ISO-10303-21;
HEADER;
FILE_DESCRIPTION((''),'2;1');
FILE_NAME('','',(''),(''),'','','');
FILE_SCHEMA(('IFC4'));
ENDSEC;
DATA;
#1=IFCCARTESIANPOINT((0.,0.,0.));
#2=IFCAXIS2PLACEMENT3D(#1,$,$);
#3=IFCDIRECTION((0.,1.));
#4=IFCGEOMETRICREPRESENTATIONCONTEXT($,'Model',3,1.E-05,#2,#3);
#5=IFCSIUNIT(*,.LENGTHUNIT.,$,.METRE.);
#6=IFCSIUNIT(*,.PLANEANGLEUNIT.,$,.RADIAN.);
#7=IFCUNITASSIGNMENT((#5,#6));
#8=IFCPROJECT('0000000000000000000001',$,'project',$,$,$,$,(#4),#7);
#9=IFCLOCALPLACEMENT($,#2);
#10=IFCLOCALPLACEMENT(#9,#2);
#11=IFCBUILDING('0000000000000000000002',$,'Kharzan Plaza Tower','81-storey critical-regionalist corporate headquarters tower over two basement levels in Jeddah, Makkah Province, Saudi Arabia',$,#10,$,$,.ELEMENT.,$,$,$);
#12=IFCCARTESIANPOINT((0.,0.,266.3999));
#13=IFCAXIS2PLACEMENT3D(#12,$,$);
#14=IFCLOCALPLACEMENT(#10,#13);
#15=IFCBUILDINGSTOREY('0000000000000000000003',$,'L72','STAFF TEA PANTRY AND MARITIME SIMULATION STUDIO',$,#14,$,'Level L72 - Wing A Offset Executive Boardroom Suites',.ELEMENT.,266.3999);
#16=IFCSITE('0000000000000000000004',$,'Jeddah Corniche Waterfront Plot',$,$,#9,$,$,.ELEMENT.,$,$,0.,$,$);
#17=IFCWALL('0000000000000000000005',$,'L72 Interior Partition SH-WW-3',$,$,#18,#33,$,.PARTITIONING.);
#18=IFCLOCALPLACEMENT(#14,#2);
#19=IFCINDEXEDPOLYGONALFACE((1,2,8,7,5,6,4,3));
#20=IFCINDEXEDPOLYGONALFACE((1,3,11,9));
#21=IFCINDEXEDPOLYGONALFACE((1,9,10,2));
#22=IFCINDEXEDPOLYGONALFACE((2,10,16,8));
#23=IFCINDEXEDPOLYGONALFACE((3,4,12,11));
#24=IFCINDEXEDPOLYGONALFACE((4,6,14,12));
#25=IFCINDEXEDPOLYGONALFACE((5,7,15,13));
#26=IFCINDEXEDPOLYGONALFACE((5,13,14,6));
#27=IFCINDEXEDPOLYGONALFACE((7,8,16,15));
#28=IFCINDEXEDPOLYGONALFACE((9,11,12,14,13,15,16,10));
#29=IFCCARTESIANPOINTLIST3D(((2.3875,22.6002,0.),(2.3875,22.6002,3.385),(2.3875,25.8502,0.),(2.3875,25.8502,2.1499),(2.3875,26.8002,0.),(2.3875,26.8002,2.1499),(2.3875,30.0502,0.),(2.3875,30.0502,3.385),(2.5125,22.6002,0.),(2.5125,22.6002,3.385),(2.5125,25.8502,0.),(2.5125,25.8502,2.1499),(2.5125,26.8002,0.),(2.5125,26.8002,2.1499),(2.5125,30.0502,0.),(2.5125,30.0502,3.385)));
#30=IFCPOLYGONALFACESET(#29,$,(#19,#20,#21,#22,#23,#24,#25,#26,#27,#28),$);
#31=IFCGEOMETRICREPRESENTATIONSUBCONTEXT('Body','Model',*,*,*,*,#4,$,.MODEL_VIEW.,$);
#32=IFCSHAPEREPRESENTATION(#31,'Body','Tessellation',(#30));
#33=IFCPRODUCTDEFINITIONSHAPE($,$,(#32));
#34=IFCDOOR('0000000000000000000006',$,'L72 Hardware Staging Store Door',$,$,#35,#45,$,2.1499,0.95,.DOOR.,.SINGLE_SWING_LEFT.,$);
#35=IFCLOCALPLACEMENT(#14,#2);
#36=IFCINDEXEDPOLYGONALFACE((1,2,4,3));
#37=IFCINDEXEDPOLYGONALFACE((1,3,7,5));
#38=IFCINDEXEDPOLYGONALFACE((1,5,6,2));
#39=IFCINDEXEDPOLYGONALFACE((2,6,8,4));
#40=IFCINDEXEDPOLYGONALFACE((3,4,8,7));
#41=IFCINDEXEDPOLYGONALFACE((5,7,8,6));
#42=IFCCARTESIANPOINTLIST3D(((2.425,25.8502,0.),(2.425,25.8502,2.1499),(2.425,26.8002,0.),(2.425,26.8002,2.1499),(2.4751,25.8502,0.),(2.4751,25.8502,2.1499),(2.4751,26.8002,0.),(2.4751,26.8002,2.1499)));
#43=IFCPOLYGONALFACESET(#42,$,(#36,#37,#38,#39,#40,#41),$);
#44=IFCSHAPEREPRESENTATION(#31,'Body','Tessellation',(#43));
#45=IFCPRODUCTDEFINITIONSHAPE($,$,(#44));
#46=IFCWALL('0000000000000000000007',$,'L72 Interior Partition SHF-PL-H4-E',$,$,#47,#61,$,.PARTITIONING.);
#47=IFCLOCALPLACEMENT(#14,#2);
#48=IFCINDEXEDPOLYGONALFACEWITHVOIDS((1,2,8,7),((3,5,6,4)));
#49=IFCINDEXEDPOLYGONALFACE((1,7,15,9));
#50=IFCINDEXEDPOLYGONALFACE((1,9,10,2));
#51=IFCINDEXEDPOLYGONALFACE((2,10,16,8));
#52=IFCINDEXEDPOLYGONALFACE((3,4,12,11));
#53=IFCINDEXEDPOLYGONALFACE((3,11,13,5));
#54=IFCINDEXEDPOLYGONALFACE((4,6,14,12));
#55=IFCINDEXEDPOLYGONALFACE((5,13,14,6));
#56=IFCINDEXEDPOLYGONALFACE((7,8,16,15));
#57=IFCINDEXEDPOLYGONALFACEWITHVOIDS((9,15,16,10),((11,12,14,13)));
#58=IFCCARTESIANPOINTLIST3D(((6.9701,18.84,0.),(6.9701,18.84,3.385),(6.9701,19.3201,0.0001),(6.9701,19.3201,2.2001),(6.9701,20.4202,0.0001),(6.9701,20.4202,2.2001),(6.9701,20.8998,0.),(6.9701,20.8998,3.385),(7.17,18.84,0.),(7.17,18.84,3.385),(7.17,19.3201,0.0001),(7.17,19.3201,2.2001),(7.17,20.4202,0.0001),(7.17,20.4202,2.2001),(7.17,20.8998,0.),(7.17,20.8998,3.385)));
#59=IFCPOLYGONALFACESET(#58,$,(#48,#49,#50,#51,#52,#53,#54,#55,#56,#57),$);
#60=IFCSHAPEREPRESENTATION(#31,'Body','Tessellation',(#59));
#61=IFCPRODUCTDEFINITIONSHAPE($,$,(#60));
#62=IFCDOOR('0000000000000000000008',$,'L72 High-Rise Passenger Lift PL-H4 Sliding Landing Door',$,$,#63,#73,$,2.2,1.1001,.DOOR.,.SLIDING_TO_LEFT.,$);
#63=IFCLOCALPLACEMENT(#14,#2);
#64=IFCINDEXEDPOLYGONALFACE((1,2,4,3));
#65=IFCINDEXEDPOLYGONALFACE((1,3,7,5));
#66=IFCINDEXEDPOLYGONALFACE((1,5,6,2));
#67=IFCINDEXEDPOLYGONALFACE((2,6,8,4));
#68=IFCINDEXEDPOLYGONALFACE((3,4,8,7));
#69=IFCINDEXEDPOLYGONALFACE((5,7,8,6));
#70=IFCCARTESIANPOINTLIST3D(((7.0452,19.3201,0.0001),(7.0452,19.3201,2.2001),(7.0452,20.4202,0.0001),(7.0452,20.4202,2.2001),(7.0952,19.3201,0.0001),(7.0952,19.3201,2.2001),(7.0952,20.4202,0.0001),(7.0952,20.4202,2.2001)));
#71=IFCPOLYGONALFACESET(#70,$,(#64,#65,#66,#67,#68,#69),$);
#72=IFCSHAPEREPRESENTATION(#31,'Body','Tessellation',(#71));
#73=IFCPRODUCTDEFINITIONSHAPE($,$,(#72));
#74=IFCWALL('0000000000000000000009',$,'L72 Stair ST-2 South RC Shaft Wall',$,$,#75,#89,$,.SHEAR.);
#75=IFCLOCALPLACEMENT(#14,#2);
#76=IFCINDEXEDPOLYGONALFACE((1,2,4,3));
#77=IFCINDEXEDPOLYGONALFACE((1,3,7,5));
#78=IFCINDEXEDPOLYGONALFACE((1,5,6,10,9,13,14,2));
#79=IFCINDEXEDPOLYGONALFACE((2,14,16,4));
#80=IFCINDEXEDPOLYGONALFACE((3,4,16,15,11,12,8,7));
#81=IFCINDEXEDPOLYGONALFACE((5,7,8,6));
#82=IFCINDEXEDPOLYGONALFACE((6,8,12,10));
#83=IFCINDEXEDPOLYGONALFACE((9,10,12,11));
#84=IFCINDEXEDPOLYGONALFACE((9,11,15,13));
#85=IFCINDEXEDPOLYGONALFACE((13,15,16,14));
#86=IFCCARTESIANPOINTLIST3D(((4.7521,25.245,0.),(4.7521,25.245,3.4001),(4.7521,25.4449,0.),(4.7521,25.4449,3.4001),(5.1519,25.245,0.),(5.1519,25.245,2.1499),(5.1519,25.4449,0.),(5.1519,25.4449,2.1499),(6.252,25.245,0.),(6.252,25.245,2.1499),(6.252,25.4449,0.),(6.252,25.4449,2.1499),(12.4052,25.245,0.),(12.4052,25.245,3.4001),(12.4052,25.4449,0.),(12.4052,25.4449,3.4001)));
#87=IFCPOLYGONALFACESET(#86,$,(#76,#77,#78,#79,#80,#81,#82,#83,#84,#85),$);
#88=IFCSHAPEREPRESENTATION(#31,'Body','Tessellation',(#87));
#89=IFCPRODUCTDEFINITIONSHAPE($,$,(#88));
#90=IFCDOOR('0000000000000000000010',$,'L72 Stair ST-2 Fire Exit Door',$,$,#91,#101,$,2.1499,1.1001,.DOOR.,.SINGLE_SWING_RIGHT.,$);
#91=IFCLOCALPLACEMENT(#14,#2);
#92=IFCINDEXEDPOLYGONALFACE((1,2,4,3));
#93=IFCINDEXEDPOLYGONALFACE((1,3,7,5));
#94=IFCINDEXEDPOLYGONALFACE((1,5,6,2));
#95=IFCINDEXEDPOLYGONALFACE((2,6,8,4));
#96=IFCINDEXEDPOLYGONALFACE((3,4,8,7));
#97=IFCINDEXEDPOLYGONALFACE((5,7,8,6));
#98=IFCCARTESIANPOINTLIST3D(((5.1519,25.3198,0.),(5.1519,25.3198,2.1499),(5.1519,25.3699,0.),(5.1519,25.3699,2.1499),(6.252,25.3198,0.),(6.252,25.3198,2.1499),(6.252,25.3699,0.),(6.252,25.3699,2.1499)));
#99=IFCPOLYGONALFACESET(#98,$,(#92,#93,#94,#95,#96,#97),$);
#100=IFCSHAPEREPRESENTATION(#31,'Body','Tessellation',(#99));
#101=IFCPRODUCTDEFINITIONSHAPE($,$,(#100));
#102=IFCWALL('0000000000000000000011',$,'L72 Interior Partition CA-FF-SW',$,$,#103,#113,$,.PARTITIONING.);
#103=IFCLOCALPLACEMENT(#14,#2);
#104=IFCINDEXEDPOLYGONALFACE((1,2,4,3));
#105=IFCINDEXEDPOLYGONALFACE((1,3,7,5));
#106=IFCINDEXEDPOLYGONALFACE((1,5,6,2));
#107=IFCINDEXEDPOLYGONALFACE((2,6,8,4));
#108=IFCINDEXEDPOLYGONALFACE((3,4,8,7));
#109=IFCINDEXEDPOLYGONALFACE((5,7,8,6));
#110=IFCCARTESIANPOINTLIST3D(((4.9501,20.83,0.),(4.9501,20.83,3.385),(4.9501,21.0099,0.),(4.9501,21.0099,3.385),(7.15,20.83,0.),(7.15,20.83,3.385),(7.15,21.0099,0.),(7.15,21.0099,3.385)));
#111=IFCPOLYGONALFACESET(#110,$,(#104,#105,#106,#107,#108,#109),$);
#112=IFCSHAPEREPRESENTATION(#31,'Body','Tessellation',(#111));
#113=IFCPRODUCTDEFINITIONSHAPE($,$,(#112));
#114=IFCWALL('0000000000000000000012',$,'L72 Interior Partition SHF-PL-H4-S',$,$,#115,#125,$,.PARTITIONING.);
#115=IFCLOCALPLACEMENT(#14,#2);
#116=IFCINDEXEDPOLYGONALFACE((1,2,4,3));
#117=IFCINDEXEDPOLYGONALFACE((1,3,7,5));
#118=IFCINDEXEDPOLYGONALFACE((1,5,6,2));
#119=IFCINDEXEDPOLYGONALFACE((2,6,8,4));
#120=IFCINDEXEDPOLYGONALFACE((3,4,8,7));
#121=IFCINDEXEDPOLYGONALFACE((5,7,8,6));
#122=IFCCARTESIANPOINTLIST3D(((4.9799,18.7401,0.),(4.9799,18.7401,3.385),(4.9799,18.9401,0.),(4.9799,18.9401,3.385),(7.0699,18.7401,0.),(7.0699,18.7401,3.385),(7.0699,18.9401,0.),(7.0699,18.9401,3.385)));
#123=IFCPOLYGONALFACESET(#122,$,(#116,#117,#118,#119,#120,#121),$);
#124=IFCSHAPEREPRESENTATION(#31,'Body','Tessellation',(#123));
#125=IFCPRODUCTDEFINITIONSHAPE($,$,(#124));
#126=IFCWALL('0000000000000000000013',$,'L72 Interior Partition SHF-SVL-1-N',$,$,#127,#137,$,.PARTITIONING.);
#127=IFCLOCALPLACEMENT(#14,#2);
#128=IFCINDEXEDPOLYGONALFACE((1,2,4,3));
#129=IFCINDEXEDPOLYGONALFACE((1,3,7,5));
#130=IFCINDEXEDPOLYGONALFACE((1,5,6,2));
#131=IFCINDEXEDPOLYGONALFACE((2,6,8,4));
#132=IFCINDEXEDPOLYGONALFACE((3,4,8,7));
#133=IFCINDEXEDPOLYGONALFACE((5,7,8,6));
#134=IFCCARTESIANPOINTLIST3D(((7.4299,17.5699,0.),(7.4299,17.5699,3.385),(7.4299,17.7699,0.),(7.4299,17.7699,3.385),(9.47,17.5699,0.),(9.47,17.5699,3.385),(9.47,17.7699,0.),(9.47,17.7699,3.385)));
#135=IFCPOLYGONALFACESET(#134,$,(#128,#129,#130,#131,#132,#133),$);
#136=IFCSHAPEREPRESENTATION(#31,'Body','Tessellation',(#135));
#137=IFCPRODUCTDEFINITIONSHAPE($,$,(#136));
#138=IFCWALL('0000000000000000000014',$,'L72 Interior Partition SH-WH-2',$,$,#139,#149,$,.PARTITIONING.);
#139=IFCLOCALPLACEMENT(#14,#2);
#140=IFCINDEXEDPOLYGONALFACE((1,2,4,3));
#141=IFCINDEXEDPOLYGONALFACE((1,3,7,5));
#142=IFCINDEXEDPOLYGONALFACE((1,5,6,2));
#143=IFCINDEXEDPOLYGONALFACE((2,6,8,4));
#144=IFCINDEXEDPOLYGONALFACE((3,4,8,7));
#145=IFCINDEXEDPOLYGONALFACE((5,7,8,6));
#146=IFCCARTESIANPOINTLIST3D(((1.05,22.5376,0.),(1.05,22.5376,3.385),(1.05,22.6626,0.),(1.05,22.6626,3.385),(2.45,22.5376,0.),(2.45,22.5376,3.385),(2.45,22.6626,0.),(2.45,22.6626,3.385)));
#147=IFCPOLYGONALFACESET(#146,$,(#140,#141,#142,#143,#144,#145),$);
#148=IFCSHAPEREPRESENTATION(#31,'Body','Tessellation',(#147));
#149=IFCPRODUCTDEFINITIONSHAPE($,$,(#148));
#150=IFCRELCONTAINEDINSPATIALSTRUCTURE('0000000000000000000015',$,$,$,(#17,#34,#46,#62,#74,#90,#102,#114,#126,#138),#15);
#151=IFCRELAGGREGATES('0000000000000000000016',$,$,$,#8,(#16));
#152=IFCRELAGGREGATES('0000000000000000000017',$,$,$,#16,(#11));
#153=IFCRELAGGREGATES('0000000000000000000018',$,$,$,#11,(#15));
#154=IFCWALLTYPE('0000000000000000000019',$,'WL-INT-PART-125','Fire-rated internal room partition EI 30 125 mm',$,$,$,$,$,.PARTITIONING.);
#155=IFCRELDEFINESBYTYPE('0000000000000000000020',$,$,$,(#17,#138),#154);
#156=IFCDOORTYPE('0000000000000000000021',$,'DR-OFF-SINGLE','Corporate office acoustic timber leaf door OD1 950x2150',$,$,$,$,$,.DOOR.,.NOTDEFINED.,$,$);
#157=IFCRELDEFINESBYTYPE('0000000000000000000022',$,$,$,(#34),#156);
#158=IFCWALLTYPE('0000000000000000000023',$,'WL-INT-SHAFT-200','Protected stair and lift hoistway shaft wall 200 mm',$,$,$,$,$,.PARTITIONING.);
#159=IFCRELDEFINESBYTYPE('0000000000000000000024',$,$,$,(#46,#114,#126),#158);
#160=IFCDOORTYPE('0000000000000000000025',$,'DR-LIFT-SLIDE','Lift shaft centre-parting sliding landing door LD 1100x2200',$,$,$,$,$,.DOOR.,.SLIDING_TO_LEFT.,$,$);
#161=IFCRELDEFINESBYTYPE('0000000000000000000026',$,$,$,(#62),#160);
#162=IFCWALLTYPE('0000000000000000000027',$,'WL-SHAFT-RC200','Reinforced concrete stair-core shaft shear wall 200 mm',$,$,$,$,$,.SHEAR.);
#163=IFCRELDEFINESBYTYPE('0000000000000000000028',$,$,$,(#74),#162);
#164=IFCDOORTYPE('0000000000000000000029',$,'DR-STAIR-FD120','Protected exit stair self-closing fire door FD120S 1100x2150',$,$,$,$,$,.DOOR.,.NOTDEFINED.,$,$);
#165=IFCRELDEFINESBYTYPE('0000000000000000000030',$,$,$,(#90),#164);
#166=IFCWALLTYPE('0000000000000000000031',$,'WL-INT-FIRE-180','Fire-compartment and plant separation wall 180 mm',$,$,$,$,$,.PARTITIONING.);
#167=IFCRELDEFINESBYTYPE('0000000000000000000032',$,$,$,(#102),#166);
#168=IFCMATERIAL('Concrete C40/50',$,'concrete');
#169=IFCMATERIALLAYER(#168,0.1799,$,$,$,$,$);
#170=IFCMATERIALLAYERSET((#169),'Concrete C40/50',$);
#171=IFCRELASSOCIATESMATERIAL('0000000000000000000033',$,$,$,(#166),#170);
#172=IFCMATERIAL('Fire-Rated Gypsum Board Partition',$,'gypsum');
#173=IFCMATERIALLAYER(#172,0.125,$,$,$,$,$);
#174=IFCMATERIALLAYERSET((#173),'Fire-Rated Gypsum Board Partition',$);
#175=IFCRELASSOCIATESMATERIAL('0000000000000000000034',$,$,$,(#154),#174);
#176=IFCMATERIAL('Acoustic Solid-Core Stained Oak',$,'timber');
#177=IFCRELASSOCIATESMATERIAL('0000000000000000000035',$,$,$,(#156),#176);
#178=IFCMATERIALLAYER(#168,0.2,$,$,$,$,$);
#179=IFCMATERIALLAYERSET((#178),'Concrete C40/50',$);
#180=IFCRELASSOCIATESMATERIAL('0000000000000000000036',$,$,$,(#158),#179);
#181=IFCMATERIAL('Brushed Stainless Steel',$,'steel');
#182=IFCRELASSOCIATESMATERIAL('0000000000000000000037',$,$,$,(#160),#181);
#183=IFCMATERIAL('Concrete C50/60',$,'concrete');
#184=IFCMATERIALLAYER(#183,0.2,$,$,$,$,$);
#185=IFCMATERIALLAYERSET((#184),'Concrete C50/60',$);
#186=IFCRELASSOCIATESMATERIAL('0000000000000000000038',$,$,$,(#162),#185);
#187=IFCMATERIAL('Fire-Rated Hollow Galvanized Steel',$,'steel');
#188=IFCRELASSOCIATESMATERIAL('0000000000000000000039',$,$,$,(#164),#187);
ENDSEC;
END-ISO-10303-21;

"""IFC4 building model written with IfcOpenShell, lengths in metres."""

from ifc_helpers import new_model, si_unit, direction, frame, frame_2d, origin, place, context, subcontext, project, spatial, rectangle, extrude, source, transform, mapped, material, layer, layer_set, type_object, element, fill, save


model = new_model("IFC4")

# Units and contexts
model_context = context("Model", 3, precision=1e-05, world=origin(), true_north=direction((0.0, 1.0)))
body_context = subcontext(model_context, "Body", "Model", "MODEL_VIEW")
ifc_project = project(units=[si_unit("LENGTHUNIT", "METRE"), si_unit("PLANEANGLEUNIT", "RADIAN")], contexts=[model_context])

# Site, building, storey
site_placement = place(None, origin())
site = spatial("IfcSite", under=ifc_project, at=site_placement, Name="Jeddah Corniche Waterfront Plot", CompositionType="ELEMENT", RefElevation=0.0)
building_placement = place(site_placement, origin())
building = spatial("IfcBuilding", under=site, at=building_placement, Name="Kharzan Plaza Tower", Description="81-storey critical-regionalist corporate headquarters tower over two basement levels in Jeddah, Makkah Province, Saudi Arabia", CompositionType="ELEMENT")
storey_placement = place(building_placement, frame((0.0, 0.0, 266.3999)))
storey = spatial("IfcBuildingStorey", under=building, at=storey_placement, Name="L72", Description="STAFF TEA PANTRY AND MARITIME SIMULATION STUDIO", LongName="Level L72 - Wing A Offset Executive Boardroom Suites", CompositionType="ELEMENT", Elevation=266.3999)

# Shared definitions
ifc_material_1 = material(Name="Concrete C50/60", Category="concrete")

# Shared definitions
ifc_material_2 = material(Name="Concrete C40/50", Category="concrete")

# Walls, openings, doors
ifc_layer_1 = layer(ifc_material_2, 0.1799)
ifc_layer_set_1 = layer_set([ifc_layer_1], Name="Concrete C40/50")
wall_type_1 = type_object("IfcWallType", Name="WL-INT-FIRE-180", Description="Fire-compartment and plant separation wall 180 mm", PredefinedType="PARTITIONING", material=ifc_layer_set_1)
ifc_material_3 = material(Name="Fire-Rated Gypsum Board Partition", Category="gypsum")
ifc_layer_2 = layer(ifc_material_3, 0.125)
ifc_layer_set_2 = layer_set([ifc_layer_2], Name="Fire-Rated Gypsum Board Partition")
wall_type_2 = type_object("IfcWallType", Name="WL-INT-PART-125", Description="Fire-rated internal room partition EI 30 125 mm", PredefinedType="PARTITIONING", material=ifc_layer_set_2)
wall_1_placement = place(storey_placement, frame((2.45, 22.6001, 0.0), z_axis=(0.0, 0.0, 1.0), x_axis=(0.0, 1.0, 0.0)))
wall_1 = element("IfcWall", 1, at=wall_1_placement, inside=storey, type_object=wall_type_2, Name="L72 Interior Partition SH-WW-3", PredefinedType="PARTITIONING", context=body_context, shape_type="SweptSolid", body=[
    extrude(rectangle(XDim=7.45, YDim=0.125, at=frame_2d((3.7251, 0.0))), origin(), (0.0, 0.0, 1.0), 3.385),
])
opening_1_placement = place(wall_1_placement, frame((3.25, 0.0, 0.0)))
opening_1 = element("IfcOpeningElement", 2, at=opening_1_placement, cuts=wall_1, PredefinedType="OPENING", context=body_context, shape_type="SweptSolid", body=[
    extrude(rectangle(XDim=0.95, YDim=2.1499, at=frame_2d((0.4751, 1.075))), frame((0.0, 0.0725, 0.0), z_axis=(0.0, -1.0, 0.0), x_axis=(1.0, 0.0, 0.0)), (0.0, 0.0, 1.0), 0.145),
])
ifc_material_4 = material(Name="Acoustic Solid-Core Stained Oak", Category="timber")
door_type_1 = type_object("IfcDoorType", Name="DR-OFF-SINGLE", Description="Corporate office acoustic timber leaf door OD1 950x2150", OperationType="NOTDEFINED", PredefinedType="DOOR", material=ifc_material_4)
shared_shape_1 = source(origin(), body_context, "Body", "SweptSolid", [
    extrude(rectangle(XDim=0.95, YDim=2.1499, at=frame_2d((0.4751, 1.075))), frame((0.0, 0.0249, 0.0), z_axis=(0.0, -1.0, 0.0), x_axis=(1.0, 0.0, 0.0)), (0.0, 0.0, 1.0), 0.05),
])
door_1_placement = place(opening_1_placement, origin())
door_1 = element("IfcDoor", 3, at=door_1_placement, inside=storey, type_object=door_type_1, Name="L72 Hardware Staging Store Door", OperationType="SINGLE_SWING_LEFT", OverallHeight=2.1499, OverallWidth=0.95, PredefinedType="DOOR", context=body_context, shape_type="MappedRepresentation", body=[
    mapped(shared_shape_1, transform((0.0, 0.0, 0.0), x_axis=(1.0, 0.0, 0.0), y_axis=(0.0, 1.0, 0.0), z_axis=(0.0, 0.0, 1.0))),
])
fill(opening_1, door_1)
ifc_layer_3 = layer(ifc_material_2, 0.2)
ifc_layer_set_3 = layer_set([ifc_layer_3], Name="Concrete C40/50")
wall_type_3 = type_object("IfcWallType", Name="WL-INT-SHAFT-200", Description="Protected stair and lift hoistway shaft wall 200 mm", PredefinedType="PARTITIONING", material=ifc_layer_set_3)
wall_2_placement = place(storey_placement, frame((7.0701, 18.8401, 0.0), z_axis=(0.0, 0.0, 1.0), x_axis=(0.0, 1.0, 0.0)))
wall_2 = element("IfcWall", 4, at=wall_2_placement, inside=storey, type_object=wall_type_3, Name="L72 Interior Partition SHF-PL-H4-E", PredefinedType="PARTITIONING", context=body_context, shape_type="SweptSolid", body=[
    extrude(rectangle(XDim=2.0598, YDim=0.2, at=frame_2d((1.0298, 0.0))), origin(), (0.0, 0.0, 1.0), 3.385),
])
opening_2_placement = place(wall_2_placement, frame((0.48, 0.0, 0.0)))
opening_2 = element("IfcOpeningElement", 5, at=opening_2_placement, cuts=wall_2, PredefinedType="OPENING", context=body_context, shape_type="SweptSolid", body=[
    extrude(rectangle(XDim=1.1001, YDim=2.2, at=frame_2d((0.55, 1.1001))), frame((0.0, 0.1099, 0.0), z_axis=(0.0, -1.0, 0.0), x_axis=(1.0, 0.0, 0.0)), (0.0, 0.0, 1.0), 0.22),
])
ifc_material_5 = material(Name="Brushed Stainless Steel", Category="steel")
door_type_2 = type_object("IfcDoorType", Name="DR-LIFT-SLIDE", Description="Lift shaft centre-parting sliding landing door LD 1100x2200", OperationType="SLIDING_TO_LEFT", PredefinedType="DOOR", material=ifc_material_5)
shared_shape_2 = source(origin(), body_context, "Body", "SweptSolid", [
    extrude(rectangle(XDim=1.1001, YDim=2.2, at=frame_2d((0.55, 1.1001))), frame((0.0, 0.0249, 0.0), z_axis=(0.0, -1.0, 0.0), x_axis=(1.0, 0.0, 0.0)), (0.0, 0.0, 1.0), 0.05),
])
door_2_placement = place(opening_2_placement, origin())
door_2 = element("IfcDoor", 6, at=door_2_placement, inside=storey, type_object=door_type_2, Name="L72 High-Rise Passenger Lift PL-H4 Sliding Landing Door", OperationType="SLIDING_TO_LEFT", OverallHeight=2.2, OverallWidth=1.1001, PredefinedType="DOOR", context=body_context, shape_type="MappedRepresentation", body=[
    mapped(shared_shape_2, transform((0.0, 0.0, 0.0), x_axis=(1.0, 0.0, 0.0), y_axis=(0.0, 1.0, 0.0), z_axis=(0.0, 0.0, 1.0))),
])
fill(opening_2, door_2)
ifc_layer_4 = layer(ifc_material_1, 0.2)
ifc_layer_set_4 = layer_set([ifc_layer_4], Name="Concrete C50/60")
wall_type_4 = type_object("IfcWallType", Name="WL-SHAFT-RC200", Description="Reinforced concrete stair-core shaft shear wall 200 mm", PredefinedType="SHEAR", material=ifc_layer_set_4)
wall_3_placement = place(storey_placement, frame((4.752, 25.345, 0.0), z_axis=(0.0, 0.0, 1.0), x_axis=(1.0, 0.0, 0.0)))
wall_3 = element("IfcWall", 7, at=wall_3_placement, inside=storey, type_object=wall_type_4, Name="L72 Stair ST-2 South RC Shaft Wall", PredefinedType="SHEAR", context=body_context, shape_type="SweptSolid", body=[
    extrude(rectangle(XDim=7.6531, YDim=0.2, at=frame_2d((3.8267, 0.0))), origin(), (0.0, 0.0, 1.0), 3.4001),
])
opening_3_placement = place(wall_3_placement, frame((0.3999, 0.0, 0.0)))
opening_3 = element("IfcOpeningElement", 8, at=opening_3_placement, cuts=wall_3, PredefinedType="OPENING", context=body_context, shape_type="SweptSolid", body=[
    extrude(rectangle(XDim=1.1001, YDim=2.1499, at=frame_2d((0.55, 1.075))), frame((0.0, 0.1099, 0.0), z_axis=(0.0, -1.0, 0.0), x_axis=(1.0, 0.0, 0.0)), (0.0, 0.0, 1.0), 0.22),
])
ifc_material_6 = material(Name="Fire-Rated Hollow Galvanized Steel", Category="steel")
door_type_3 = type_object("IfcDoorType", Name="DR-STAIR-FD120", Description="Protected exit stair self-closing fire door FD120S 1100x2150", OperationType="NOTDEFINED", PredefinedType="DOOR", material=ifc_material_6)
shared_shape_3 = source(origin(), body_context, "Body", "SweptSolid", [
    extrude(rectangle(XDim=1.1001, YDim=2.1499, at=frame_2d((0.55, 1.075))), frame((0.0, 0.0249, 0.0), z_axis=(0.0, -1.0, 0.0), x_axis=(1.0, 0.0, 0.0)), (0.0, 0.0, 1.0), 0.05),
])
door_3_placement = place(opening_3_placement, origin())
door_3 = element("IfcDoor", 9, at=door_3_placement, inside=storey, type_object=door_type_3, Name="L72 Stair ST-2 Fire Exit Door", OperationType="SINGLE_SWING_RIGHT", OverallHeight=2.1499, OverallWidth=1.1001, PredefinedType="DOOR", context=body_context, shape_type="MappedRepresentation", body=[
    mapped(shared_shape_3, transform((0.0, 0.0, 0.0), x_axis=(1.0, 0.0, 0.0), y_axis=(0.0, 1.0, 0.0), z_axis=(0.0, 0.0, 1.0))),
])
fill(opening_3, door_3)

# Walls
shared_shape_4 = source(origin(), body_context, "Body", "SweptSolid", [
    extrude(rectangle(XDim=2.2, YDim=0.1799, at=frame_2d((1.1001, 0.0))), origin(), (0.0, 0.0, 1.0), 3.385),
])
wall_4_placement = place(storey_placement, frame((4.95, 20.9199, 0.0), z_axis=(0.0, 0.0, 1.0), x_axis=(1.0, 0.0, 0.0)))
element("IfcWall", 10, at=wall_4_placement, inside=storey, type_object=wall_type_1, Name="L72 Interior Partition CA-FF-SW", PredefinedType="PARTITIONING", context=body_context, shape_type="MappedRepresentation", body=[
    mapped(shared_shape_4, transform((0.0, 0.0, 0.0), x_axis=(1.0, 0.0, 0.0), y_axis=(0.0, 1.0, 0.0), z_axis=(0.0, 0.0, 1.0))),
])
shared_shape_5 = source(origin(), body_context, "Body", "SweptSolid", [
    extrude(rectangle(XDim=2.0901, YDim=0.2, at=frame_2d((1.0449, 0.0))), origin(), (0.0, 0.0, 1.0), 3.385),
])
wall_5_placement = place(storey_placement, frame((4.98, 18.8401, 0.0), z_axis=(0.0, 0.0, 1.0), x_axis=(1.0, 0.0, 0.0)))
element("IfcWall", 11, at=wall_5_placement, inside=storey, type_object=wall_type_3, Name="L72 Interior Partition SHF-PL-H4-S", PredefinedType="PARTITIONING", context=body_context, shape_type="MappedRepresentation", body=[
    mapped(shared_shape_5, transform((0.0, 0.0, 0.0), x_axis=(1.0, 0.0, 0.0), y_axis=(0.0, 1.0, 0.0), z_axis=(0.0, 0.0, 1.0))),
])
shared_shape_6 = source(origin(), body_context, "Body", "SweptSolid", [
    extrude(rectangle(XDim=2.04, YDim=0.2, at=frame_2d((1.02, 0.0))), origin(), (0.0, 0.0, 1.0), 3.385),
])
wall_6_placement = place(storey_placement, frame((7.4299, 17.6699, 0.0), z_axis=(0.0, 0.0, 1.0), x_axis=(1.0, 0.0, 0.0)))
element("IfcWall", 12, at=wall_6_placement, inside=storey, type_object=wall_type_3, Name="L72 Interior Partition SHF-SVL-1-N", PredefinedType="PARTITIONING", context=body_context, shape_type="MappedRepresentation", body=[
    mapped(shared_shape_6, transform((0.0, 0.0, 0.0), x_axis=(1.0, 0.0, 0.0), y_axis=(0.0, 1.0, 0.0), z_axis=(0.0, 0.0, 1.0))),
])
shared_shape_7 = source(origin(), body_context, "Body", "SweptSolid", [
    extrude(rectangle(XDim=1.3999, YDim=0.125, at=frame_2d((0.7, 0.0))), origin(), (0.0, 0.0, 1.0), 3.385),
])
wall_7_placement = place(storey_placement, frame((1.05, 22.6001, 0.0), z_axis=(0.0, 0.0, 1.0), x_axis=(1.0, 0.0, 0.0)))
element("IfcWall", 13, at=wall_7_placement, inside=storey, type_object=wall_type_2, Name="L72 Interior Partition SH-WH-2", PredefinedType="PARTITIONING", context=body_context, shape_type="MappedRepresentation", body=[
    mapped(shared_shape_7, transform((0.0, 0.0, 0.0), x_axis=(1.0, 0.0, 0.0), y_axis=(0.0, 1.0, 0.0), z_axis=(0.0, 0.0, 1.0))),
])

save(model, "model.ifc")
